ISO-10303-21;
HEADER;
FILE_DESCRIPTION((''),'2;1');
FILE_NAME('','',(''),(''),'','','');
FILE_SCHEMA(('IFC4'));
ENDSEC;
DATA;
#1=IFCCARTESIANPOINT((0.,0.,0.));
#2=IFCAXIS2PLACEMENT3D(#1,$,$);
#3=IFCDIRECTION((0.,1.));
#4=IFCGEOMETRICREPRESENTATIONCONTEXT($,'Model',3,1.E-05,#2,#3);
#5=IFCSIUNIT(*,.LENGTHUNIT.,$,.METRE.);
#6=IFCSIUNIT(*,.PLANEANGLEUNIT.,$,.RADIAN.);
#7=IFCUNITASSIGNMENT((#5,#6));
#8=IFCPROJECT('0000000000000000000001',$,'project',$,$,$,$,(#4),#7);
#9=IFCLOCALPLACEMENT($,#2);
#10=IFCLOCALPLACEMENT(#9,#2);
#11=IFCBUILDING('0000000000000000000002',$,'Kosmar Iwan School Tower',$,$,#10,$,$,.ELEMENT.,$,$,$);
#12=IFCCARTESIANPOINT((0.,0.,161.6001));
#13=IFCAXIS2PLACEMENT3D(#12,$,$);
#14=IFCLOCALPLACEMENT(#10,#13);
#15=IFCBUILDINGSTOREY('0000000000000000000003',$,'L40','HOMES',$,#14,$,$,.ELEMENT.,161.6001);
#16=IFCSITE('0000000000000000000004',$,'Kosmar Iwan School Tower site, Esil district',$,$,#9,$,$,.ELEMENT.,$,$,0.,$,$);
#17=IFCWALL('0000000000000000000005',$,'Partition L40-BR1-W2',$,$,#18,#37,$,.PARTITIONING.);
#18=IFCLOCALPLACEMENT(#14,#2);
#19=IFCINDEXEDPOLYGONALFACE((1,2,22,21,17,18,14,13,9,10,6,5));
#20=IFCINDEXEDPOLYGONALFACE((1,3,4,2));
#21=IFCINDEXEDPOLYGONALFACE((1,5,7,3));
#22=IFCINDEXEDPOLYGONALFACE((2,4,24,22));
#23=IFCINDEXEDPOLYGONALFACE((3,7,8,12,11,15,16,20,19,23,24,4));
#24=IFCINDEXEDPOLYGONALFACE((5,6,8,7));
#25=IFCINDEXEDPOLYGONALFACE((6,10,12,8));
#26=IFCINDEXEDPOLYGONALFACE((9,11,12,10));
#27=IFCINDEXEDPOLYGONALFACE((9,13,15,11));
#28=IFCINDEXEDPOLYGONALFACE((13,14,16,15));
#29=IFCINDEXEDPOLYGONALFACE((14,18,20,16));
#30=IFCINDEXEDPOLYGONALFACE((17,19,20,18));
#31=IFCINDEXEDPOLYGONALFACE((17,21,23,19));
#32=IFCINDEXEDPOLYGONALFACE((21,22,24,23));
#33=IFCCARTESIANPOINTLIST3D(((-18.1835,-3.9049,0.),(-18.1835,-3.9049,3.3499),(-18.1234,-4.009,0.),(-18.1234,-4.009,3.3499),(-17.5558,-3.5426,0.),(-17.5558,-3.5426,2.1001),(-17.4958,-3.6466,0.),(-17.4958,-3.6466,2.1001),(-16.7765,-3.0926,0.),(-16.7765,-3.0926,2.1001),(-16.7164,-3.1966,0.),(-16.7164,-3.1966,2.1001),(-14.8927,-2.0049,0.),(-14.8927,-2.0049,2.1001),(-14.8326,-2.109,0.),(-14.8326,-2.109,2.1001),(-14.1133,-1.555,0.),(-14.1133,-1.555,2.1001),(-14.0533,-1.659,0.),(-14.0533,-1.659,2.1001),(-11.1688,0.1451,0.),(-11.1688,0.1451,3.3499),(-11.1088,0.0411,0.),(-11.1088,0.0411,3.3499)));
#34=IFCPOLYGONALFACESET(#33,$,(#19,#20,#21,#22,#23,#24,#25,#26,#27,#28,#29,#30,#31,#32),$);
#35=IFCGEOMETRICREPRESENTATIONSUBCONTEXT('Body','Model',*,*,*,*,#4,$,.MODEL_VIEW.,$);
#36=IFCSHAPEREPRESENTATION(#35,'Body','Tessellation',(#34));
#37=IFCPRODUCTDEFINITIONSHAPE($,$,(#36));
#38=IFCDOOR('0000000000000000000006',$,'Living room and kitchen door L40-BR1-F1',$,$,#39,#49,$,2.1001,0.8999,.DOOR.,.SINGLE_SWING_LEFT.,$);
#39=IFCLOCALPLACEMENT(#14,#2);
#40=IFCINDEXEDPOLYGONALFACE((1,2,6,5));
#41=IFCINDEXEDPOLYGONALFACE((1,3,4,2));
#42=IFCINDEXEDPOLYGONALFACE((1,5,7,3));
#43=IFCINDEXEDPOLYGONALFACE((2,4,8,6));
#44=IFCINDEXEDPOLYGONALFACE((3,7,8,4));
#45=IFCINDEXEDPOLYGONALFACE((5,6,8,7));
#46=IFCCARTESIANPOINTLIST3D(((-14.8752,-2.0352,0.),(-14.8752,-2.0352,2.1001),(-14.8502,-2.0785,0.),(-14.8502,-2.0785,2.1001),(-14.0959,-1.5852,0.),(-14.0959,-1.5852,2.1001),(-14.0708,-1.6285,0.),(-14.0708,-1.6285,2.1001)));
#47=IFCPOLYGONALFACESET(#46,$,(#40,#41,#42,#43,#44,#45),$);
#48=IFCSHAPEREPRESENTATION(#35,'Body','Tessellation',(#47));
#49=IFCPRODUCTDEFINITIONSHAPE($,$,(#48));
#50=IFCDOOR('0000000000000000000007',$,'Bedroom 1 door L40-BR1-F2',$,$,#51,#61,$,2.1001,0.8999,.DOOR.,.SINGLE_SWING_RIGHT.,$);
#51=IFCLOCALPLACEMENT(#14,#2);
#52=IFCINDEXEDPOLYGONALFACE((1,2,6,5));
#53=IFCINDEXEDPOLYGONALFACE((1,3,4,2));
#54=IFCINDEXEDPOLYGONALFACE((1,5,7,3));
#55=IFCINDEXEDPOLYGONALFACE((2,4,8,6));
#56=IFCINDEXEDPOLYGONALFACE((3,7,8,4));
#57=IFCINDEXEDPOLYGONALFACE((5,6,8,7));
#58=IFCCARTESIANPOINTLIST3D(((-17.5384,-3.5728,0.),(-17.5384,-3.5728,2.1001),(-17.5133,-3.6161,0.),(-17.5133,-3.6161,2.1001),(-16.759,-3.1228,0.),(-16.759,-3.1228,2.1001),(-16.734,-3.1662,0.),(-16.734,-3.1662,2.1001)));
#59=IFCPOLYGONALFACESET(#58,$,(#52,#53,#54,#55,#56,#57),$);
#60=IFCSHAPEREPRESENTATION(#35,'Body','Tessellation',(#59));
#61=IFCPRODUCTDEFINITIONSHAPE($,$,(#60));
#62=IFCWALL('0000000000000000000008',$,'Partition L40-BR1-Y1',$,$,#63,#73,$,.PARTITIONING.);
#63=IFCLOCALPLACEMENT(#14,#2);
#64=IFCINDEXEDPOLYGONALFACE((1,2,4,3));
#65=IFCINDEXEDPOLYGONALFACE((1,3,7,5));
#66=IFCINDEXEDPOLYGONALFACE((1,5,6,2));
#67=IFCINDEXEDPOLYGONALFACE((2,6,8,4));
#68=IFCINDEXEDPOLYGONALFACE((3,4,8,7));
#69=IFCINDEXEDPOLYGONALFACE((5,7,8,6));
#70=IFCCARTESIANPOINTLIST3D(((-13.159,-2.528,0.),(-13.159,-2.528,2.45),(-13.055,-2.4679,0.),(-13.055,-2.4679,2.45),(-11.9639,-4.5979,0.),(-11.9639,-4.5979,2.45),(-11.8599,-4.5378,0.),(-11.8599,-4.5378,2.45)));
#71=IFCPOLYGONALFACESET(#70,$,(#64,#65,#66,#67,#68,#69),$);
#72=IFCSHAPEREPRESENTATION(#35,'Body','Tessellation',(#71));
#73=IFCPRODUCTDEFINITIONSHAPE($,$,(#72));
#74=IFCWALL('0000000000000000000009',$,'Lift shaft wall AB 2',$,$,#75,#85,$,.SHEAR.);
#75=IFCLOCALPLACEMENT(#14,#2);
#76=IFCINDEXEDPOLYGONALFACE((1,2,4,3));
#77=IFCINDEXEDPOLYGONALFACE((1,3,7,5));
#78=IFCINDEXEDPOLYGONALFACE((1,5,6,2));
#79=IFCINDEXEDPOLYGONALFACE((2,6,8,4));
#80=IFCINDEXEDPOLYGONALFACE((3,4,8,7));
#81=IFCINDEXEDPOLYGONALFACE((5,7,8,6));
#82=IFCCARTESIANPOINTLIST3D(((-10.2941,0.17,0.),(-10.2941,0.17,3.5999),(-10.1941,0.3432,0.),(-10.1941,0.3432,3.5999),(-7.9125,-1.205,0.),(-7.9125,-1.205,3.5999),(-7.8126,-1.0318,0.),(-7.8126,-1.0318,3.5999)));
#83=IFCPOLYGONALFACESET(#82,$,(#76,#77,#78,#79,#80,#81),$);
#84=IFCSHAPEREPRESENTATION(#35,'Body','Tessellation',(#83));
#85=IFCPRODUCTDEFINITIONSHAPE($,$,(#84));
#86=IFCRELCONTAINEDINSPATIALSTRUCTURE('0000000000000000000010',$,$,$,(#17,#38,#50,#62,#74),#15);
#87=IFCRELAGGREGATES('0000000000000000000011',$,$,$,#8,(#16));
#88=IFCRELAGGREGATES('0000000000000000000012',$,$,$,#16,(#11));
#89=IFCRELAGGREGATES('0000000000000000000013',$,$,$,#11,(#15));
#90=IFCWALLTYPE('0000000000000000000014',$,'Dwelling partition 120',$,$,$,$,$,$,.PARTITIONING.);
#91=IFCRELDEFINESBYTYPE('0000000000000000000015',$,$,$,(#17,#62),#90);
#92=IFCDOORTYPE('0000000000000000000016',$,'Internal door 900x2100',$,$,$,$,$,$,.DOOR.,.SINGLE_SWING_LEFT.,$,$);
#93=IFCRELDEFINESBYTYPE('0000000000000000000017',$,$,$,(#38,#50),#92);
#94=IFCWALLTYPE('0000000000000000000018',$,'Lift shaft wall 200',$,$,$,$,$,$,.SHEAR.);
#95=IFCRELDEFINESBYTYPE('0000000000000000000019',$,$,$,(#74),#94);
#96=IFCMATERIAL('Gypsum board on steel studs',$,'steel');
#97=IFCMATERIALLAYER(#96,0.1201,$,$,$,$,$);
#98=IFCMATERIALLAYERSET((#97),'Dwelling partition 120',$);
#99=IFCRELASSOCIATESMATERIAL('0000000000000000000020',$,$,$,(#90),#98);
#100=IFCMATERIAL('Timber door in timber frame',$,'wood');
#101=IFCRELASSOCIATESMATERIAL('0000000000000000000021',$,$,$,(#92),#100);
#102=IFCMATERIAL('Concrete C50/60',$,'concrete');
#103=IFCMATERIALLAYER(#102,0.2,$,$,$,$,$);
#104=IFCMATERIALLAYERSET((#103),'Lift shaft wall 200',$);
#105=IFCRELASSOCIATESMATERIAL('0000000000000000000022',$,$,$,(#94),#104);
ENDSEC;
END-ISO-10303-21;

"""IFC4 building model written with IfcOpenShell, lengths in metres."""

from ifc_helpers import new_model, si_unit, direction, frame, frame_2d, origin, place, context, subcontext, project, spatial, rectangle, extrude, material, layer, layer_set, type_object, element, fill, save


model = new_model("IFC4")

# Units and contexts
model_context = context("Model", 3, precision=1e-05, world=origin(), true_north=direction((0.0, 1.0)))
body_context = subcontext(model_context, "Body", "Model", "MODEL_VIEW")
ifc_project = project(units=[si_unit("LENGTHUNIT", "METRE"), si_unit("PLANEANGLEUNIT", "RADIAN")], contexts=[model_context])

# Site, building, storey
site_placement = place(None, origin())
site = spatial("IfcSite", under=ifc_project, at=site_placement, Name="Kosmar Iwan School Tower site, Esil district", CompositionType="ELEMENT", RefElevation=0.0)
building_placement = place(site_placement, origin())
building = spatial("IfcBuilding", under=site, at=building_placement, Name="Kosmar Iwan School Tower", CompositionType="ELEMENT")
storey_placement = place(building_placement, frame((0.0, 0.0, 161.6001)))
storey = spatial("IfcBuildingStorey", under=building, at=storey_placement, Name="L40", Description="HOMES", CompositionType="ELEMENT", Elevation=161.6001)

# Wall, openings, doors
ifc_material_1 = material(Name="Gypsum board on steel studs", Category="steel")
ifc_layer_1 = layer(ifc_material_1, 0.1201)
ifc_layer_set_1 = layer_set([ifc_layer_1], Name="Dwelling partition 120")
wall_type_1 = type_object("IfcWallType", Name="Dwelling partition 120", PredefinedType="PARTITIONING", material=ifc_layer_set_1)
ifc_material_2 = material(Name="Timber door in timber frame", Category="wood")
door_type_1 = type_object("IfcDoorType", Name="Internal door 900x2100", OperationType="SINGLE_SWING_LEFT", PredefinedType="DOOR", material=ifc_material_2)
wall_1_placement = place(storey_placement, frame((-11.1389, 0.093, 0.0), z_axis=(0.0, 0.0, 1.0), x_axis=(-0.866018, -0.500013, 0.0)))
wall_1 = element("IfcWall", 1, at=wall_1_placement, inside=storey, type_object=wall_type_1, Name="Partition L40-BR1-W2", PredefinedType="PARTITIONING", context=body_context, shape_type="SweptSolid", body=[
    extrude(rectangle(XDim=8.0999, YDim=0.1201, at=frame_2d((4.0498, 0.0))), origin(), (0.0, 0.0, 1.0), 3.3499),
])
opening_1_placement = place(wall_1_placement, frame((3.3999, 0.0, 0.0)))
opening_1 = element("IfcOpeningElement", 2, at=opening_1_placement, cuts=wall_1, PredefinedType="OPENING", context=body_context, shape_type="SweptSolid", body=[
    extrude(rectangle(XDim=0.8999, YDim=2.1001, at=frame_2d((0.45, 1.05))), frame((0.0, 0.072, 0.0), z_axis=(0.0, -1.0, 0.0), x_axis=(1.0, 0.0, 0.0)), (0.0, 0.0, 1.0), 0.144),
])
opening_2_placement = place(wall_1_placement, frame((6.4751, 0.0, 0.0)))
opening_2 = element("IfcOpeningElement", 3, at=opening_2_placement, cuts=wall_1, PredefinedType="OPENING", context=body_context, shape_type="SweptSolid", body=[
    extrude(rectangle(XDim=0.8999, YDim=2.1001, at=frame_2d((0.45, 1.05))), frame((0.0, 0.072, 0.0), z_axis=(0.0, -1.0, 0.0), x_axis=(1.0, 0.0, 0.0)), (0.0, 0.0, 1.0), 0.144),
])
door_1_placement = place(opening_1_placement, origin())
door_1 = element("IfcDoor", 4, at=door_1_placement, inside=storey, type_object=door_type_1, Name="Living room and kitchen door L40-BR1-F1", OperationType="SINGLE_SWING_LEFT", OverallHeight=2.1001, OverallWidth=0.8999, PredefinedType="DOOR", context=body_context, shape_type="SweptSolid", body=[
    extrude(rectangle(XDim=0.8999, YDim=2.1001, at=frame_2d((0.45, 1.05))), frame((0.0, 0.0249, 0.0), z_axis=(0.0, -1.0, 0.0), x_axis=(1.0, 0.0, 0.0)), (0.0, 0.0, 1.0), 0.05),
])
fill(opening_1, door_1)
door_2_placement = place(opening_2_placement, origin())
door_2 = element("IfcDoor", 5, at=door_2_placement, inside=storey, type_object=door_type_1, Name="Bedroom 1 door L40-BR1-F2", OperationType="SINGLE_SWING_RIGHT", OverallHeight=2.1001, OverallWidth=0.8999, PredefinedType="DOOR", context=body_context, shape_type="SweptSolid", body=[
    extrude(rectangle(XDim=0.8999, YDim=2.1001, at=frame_2d((0.45, 1.05))), frame((0.0, 0.0249, 0.0), z_axis=(0.0, -1.0, 0.0), x_axis=(1.0, 0.0, 0.0)), (0.0, 0.0, 1.0), 0.05),
])
fill(opening_2, door_2)

# Walls
wall_2_placement = place(storey_placement, frame((-11.9119, -4.5679, 0.0), z_axis=(0.0, 0.0, 1.0), x_axis=(-0.500017, 0.866015, 0.0)))
element("IfcWall", 6, at=wall_2_placement, inside=storey, type_object=wall_type_1, Name="Partition L40-BR1-Y1", PredefinedType="PARTITIONING", context=body_context, shape_type="SweptSolid", body=[
    extrude(rectangle(XDim=2.3901, YDim=0.1201, at=frame_2d((1.1951, 0.0))), origin(), (0.0, 0.0, 1.0), 2.45),
])
ifc_material_3 = material(Name="Concrete C50/60", Category="concrete")
ifc_layer_2 = layer(ifc_material_3, 0.2)
ifc_layer_set_2 = layer_set([ifc_layer_2], Name="Lift shaft wall 200")
wall_type_2 = type_object("IfcWallType", Name="Lift shaft wall 200", PredefinedType="SHEAR", material=ifc_layer_set_2)
wall_3_placement = place(storey_placement, frame((-7.8625, -1.1184, 0.0), z_axis=(0.0, 0.0, 1.0), x_axis=(-0.866027, 0.499997, 0.0)))
element("IfcWall", 7, at=wall_3_placement, inside=storey, type_object=wall_type_2, Name="Lift shaft wall AB 2", PredefinedType="SHEAR", context=body_context, shape_type="SweptSolid", body=[
    extrude(rectangle(XDim=2.75, YDim=0.2, at=frame_2d((1.375, 0.0))), origin(), (0.0, 0.0, 1.0), 3.5999),
])

save(model, "model.ifc")
